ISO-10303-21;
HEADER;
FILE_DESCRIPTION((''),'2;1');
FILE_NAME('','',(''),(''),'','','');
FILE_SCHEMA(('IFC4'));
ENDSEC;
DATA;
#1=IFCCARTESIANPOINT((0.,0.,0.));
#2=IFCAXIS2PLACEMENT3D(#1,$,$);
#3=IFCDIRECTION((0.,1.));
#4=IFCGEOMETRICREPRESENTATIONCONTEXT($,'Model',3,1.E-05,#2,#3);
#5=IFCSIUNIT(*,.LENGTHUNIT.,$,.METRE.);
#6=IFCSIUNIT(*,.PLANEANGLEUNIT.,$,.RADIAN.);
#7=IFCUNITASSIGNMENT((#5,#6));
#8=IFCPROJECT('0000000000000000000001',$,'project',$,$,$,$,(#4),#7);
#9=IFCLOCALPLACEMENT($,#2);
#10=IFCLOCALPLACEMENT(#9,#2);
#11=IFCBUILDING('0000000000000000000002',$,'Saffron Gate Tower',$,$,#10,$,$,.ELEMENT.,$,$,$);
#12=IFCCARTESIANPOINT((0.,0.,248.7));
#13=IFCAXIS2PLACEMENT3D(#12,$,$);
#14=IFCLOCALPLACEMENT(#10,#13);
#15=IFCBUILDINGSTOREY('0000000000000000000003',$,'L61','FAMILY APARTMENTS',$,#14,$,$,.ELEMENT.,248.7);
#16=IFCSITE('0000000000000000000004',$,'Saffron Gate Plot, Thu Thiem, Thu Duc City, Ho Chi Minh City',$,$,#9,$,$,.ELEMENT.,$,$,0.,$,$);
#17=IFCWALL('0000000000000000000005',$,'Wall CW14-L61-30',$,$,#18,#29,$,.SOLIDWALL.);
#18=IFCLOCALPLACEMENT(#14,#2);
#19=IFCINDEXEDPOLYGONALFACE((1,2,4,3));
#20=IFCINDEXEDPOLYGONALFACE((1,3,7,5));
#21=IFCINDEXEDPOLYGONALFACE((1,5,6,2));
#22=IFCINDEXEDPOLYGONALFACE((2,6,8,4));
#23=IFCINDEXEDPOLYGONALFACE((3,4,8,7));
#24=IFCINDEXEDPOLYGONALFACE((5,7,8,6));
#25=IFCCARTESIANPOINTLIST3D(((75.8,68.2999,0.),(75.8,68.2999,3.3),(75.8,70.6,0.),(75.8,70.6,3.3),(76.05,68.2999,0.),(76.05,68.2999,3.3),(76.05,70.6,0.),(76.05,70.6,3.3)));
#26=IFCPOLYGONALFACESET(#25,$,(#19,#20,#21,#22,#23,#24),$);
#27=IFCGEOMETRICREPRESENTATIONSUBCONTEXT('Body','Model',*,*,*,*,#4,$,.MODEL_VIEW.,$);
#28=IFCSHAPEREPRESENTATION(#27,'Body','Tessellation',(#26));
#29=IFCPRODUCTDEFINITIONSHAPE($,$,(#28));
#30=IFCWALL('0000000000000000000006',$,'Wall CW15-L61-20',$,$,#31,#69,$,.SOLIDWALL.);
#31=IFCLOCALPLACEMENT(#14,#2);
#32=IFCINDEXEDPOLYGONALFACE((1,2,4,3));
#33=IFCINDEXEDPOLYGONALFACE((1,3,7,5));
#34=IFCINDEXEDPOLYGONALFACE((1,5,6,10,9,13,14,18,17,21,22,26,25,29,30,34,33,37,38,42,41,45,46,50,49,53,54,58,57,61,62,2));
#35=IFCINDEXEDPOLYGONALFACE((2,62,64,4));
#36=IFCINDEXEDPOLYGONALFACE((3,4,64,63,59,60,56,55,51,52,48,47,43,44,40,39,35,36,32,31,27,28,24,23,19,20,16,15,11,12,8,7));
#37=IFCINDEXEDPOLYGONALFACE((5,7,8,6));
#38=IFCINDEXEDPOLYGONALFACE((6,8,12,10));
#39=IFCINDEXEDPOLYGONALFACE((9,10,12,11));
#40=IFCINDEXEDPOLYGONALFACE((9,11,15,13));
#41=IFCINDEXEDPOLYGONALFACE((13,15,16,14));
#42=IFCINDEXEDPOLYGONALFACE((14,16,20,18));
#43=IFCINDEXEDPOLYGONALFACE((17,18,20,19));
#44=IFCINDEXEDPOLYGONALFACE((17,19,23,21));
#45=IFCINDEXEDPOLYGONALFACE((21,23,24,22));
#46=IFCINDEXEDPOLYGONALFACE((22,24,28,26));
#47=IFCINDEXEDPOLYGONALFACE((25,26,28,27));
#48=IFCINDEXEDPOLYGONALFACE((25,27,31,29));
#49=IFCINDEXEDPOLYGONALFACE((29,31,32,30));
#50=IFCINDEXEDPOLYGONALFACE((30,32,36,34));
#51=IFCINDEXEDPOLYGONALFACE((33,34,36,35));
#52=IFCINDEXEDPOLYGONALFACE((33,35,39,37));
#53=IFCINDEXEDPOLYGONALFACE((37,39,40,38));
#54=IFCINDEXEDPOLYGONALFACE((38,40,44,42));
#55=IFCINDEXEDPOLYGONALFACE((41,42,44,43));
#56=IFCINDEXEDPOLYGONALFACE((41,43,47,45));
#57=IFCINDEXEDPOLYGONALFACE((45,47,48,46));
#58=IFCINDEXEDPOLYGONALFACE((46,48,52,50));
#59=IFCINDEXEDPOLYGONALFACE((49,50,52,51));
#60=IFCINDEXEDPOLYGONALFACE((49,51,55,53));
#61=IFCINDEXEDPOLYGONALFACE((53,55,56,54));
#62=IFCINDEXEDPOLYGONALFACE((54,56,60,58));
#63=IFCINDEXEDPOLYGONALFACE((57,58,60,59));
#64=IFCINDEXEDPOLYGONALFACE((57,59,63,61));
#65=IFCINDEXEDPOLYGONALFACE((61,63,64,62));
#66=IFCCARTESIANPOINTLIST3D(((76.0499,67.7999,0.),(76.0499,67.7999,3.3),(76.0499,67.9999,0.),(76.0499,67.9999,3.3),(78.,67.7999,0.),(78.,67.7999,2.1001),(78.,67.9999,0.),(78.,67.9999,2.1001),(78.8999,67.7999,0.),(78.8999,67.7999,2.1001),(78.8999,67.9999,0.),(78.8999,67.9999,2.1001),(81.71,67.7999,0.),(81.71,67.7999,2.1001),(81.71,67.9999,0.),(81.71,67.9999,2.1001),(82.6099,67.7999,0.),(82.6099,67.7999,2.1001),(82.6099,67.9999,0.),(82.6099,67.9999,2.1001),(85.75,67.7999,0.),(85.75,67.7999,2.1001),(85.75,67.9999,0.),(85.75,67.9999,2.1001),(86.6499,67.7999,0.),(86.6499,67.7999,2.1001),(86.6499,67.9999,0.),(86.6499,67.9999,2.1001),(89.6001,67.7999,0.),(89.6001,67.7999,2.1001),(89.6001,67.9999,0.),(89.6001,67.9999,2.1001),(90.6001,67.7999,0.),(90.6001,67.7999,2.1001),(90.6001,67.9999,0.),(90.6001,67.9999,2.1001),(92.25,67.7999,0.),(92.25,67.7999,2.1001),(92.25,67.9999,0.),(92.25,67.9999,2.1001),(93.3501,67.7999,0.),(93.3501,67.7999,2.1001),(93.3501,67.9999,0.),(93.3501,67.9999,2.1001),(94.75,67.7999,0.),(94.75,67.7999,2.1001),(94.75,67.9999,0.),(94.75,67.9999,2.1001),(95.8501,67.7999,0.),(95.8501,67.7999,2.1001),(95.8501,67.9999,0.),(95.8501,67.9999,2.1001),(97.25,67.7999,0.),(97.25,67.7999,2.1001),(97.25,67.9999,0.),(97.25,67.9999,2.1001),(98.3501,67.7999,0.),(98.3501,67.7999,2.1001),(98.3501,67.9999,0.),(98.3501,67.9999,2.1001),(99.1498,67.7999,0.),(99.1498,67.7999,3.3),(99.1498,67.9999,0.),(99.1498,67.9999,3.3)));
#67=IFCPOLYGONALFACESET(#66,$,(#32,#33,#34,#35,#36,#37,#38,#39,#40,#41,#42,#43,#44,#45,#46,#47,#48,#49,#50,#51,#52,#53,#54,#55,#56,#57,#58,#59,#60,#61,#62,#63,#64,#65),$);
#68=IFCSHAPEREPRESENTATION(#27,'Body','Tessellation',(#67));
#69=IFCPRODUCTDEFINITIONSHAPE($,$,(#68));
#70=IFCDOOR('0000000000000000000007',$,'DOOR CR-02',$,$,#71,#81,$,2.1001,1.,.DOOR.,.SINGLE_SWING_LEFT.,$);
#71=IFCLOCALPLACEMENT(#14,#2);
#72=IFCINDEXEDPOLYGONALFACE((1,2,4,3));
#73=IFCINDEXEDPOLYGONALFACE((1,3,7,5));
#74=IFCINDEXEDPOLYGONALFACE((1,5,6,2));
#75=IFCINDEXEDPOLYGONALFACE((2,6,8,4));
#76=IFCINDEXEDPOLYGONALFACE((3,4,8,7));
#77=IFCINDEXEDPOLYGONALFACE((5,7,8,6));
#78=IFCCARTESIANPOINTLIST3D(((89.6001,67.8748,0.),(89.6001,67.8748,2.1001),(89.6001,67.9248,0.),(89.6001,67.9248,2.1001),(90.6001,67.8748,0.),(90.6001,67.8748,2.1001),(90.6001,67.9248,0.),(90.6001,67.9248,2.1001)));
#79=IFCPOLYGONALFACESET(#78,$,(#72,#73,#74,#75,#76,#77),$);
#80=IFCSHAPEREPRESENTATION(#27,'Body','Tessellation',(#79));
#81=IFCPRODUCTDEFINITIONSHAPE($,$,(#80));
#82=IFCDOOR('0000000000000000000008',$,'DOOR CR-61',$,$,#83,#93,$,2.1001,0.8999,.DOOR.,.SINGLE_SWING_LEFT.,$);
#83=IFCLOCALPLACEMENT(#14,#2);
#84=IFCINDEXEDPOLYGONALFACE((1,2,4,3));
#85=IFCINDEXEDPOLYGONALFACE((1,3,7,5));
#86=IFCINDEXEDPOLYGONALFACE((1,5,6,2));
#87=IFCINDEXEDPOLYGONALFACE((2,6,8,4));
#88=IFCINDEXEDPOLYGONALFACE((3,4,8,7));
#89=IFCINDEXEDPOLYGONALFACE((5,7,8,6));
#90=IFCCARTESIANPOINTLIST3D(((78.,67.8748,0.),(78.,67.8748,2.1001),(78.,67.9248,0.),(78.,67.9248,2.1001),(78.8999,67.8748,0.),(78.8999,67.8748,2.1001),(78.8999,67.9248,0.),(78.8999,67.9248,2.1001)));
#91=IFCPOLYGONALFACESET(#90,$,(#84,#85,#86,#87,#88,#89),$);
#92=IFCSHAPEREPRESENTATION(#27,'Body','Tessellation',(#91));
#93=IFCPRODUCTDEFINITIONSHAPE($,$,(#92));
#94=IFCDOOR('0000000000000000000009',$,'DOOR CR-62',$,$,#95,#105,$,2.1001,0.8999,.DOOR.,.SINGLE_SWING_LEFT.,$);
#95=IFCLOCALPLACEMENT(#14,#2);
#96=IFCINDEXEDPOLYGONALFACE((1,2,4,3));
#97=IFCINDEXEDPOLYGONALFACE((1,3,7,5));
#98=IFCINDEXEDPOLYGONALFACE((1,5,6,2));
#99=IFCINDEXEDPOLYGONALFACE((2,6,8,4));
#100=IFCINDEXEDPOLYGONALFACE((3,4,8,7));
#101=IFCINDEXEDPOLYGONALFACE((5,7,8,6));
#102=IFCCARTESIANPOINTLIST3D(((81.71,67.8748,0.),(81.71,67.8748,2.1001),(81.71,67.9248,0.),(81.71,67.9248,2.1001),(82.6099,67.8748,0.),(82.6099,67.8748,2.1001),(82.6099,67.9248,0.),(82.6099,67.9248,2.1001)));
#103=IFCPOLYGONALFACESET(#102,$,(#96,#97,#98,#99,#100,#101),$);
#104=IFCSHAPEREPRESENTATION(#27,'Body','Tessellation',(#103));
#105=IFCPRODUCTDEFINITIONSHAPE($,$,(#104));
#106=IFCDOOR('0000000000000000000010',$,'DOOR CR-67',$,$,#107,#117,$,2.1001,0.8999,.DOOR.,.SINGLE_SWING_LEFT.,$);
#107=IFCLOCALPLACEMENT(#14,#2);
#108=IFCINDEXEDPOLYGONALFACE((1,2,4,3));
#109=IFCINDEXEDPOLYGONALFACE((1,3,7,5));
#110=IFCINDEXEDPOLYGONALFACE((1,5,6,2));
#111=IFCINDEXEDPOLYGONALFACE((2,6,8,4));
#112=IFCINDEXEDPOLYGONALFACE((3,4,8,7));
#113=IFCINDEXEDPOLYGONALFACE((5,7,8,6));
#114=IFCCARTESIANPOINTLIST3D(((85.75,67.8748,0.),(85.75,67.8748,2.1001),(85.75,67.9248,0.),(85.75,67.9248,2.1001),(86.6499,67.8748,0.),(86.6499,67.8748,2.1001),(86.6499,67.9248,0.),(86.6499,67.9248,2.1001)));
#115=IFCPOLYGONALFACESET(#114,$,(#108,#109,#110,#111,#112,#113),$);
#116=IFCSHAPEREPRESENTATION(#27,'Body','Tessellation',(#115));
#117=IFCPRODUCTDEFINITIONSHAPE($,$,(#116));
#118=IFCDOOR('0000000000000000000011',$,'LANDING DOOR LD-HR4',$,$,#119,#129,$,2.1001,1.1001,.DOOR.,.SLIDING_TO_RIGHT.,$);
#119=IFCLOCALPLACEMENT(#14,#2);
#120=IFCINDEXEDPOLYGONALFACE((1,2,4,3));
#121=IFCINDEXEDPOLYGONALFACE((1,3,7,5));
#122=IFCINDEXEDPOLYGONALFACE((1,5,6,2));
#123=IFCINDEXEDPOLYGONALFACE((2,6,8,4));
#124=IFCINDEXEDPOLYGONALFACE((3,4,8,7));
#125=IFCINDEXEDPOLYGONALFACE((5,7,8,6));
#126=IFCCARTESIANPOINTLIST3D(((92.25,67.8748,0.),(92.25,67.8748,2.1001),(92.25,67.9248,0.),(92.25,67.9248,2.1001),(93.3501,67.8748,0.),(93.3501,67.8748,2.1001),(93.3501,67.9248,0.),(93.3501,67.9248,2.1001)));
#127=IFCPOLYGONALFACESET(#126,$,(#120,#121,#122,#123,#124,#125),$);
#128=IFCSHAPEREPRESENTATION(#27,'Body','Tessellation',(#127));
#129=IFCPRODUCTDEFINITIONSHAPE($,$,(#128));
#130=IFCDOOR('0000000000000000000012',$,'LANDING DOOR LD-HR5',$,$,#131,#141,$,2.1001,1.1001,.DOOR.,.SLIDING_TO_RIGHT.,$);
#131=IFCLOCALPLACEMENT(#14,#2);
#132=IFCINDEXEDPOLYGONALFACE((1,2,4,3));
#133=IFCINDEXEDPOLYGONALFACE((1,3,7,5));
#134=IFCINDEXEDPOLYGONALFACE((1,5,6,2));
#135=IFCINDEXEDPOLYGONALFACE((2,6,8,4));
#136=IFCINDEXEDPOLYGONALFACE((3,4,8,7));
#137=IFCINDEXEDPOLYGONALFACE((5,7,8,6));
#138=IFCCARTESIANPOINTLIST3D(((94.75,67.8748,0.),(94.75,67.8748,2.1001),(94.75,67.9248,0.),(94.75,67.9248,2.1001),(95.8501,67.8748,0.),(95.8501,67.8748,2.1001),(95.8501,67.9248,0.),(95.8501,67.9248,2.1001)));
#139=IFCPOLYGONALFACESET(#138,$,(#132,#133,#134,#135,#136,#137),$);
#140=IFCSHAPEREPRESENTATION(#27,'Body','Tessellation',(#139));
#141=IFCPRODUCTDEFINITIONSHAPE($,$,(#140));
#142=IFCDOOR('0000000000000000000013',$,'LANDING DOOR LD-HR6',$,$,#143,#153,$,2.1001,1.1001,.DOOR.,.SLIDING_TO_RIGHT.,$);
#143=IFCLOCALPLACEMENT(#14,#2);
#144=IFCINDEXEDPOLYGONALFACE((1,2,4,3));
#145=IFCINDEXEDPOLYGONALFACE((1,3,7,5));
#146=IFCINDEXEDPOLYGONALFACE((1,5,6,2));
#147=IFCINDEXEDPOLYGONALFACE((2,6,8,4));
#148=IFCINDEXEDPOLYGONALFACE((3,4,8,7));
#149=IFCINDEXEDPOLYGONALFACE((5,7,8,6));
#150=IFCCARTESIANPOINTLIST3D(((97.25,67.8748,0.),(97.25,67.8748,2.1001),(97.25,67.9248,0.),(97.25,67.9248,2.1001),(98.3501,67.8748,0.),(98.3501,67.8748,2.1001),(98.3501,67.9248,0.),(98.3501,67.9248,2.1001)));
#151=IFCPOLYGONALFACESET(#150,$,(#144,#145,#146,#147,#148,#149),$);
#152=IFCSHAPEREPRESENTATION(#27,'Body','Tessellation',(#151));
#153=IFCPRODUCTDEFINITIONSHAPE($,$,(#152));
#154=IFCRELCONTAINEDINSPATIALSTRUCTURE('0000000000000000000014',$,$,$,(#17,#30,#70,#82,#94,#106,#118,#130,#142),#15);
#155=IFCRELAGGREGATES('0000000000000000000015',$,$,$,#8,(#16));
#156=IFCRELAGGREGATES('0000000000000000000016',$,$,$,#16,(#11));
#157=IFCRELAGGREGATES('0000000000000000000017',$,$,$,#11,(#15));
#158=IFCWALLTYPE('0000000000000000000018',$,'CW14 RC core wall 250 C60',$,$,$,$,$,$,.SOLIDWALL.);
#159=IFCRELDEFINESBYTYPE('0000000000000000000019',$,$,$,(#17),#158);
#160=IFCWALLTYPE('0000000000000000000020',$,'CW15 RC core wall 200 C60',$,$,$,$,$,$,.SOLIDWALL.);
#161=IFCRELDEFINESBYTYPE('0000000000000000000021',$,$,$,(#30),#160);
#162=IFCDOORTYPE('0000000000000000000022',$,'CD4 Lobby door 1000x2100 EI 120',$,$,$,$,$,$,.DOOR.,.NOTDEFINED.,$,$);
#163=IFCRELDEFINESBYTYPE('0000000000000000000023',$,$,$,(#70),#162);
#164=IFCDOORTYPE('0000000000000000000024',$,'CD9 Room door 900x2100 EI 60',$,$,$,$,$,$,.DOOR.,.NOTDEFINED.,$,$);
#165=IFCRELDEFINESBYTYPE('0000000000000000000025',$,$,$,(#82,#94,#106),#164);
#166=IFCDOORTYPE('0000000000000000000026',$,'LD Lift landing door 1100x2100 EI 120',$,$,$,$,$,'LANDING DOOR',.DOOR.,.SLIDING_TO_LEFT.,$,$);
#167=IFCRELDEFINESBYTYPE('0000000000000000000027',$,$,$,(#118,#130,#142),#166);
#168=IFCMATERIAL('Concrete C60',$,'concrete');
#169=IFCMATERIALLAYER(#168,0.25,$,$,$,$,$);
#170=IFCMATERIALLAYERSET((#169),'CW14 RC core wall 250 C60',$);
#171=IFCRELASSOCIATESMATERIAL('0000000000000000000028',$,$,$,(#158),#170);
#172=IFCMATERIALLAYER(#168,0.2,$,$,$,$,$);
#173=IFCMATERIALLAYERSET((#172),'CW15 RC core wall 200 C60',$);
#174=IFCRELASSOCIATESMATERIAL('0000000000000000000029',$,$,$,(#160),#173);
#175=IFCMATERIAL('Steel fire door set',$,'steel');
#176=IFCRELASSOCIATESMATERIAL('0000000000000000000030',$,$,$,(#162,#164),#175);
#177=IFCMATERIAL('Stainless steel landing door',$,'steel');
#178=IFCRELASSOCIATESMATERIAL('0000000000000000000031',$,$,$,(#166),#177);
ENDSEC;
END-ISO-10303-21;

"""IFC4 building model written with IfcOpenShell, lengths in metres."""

from ifc_helpers import new_model, si_unit, direction, frame, frame_2d, origin, place, context, subcontext, project, spatial, rectangle, extrude, material, layer, layer_set, type_object, element, fill, save


model = new_model("IFC4")

# Units and contexts
model_context = context("Model", 3, precision=1e-05, world=origin(), true_north=direction((0.0, 1.0)))
body_context = subcontext(model_context, "Body", "Model", "MODEL_VIEW")
ifc_project = project(units=[si_unit("LENGTHUNIT", "METRE"), si_unit("PLANEANGLEUNIT", "RADIAN")], contexts=[model_context])

# Site, building, storey
site_placement = place(None, origin())
site = spatial("IfcSite", under=ifc_project, at=site_placement, Name="Saffron Gate Plot, Thu Thiem, Thu Duc City, Ho Chi Minh City", CompositionType="ELEMENT", RefElevation=0.0)
building_placement = place(site_placement, origin())
building = spatial("IfcBuilding", under=site, at=building_placement, Name="Saffron Gate Tower", CompositionType="ELEMENT")
storey_placement = place(building_placement, frame((0.0, 0.0, 248.7)))
storey = spatial("IfcBuildingStorey", under=building, at=storey_placement, Name="L61", Description="FAMILY APARTMENTS", CompositionType="ELEMENT", Elevation=248.7)

# Wall
ifc_material_1 = material(Name="Concrete C60", Category="concrete")
ifc_layer_1 = layer(ifc_material_1, 0.25)
ifc_layer_set_1 = layer_set([ifc_layer_1], Name="CW14 RC core wall 250 C60")
wall_type_1 = type_object("IfcWallType", Name="CW14 RC core wall 250 C60", PredefinedType="SOLIDWALL", material=ifc_layer_set_1)
wall_1_placement = place(storey_placement, frame((75.925, 68.3, 0.0), z_axis=(0.0, 0.0, 1.0), x_axis=(0.0, 1.0, 0.0)))
element("IfcWall", 1, at=wall_1_placement, inside=storey, type_object=wall_type_1, Name="Wall CW14-L61-30", PredefinedType="SOLIDWALL", context=body_context, shape_type="SweptSolid", body=[
    extrude(rectangle(XDim=2.3, YDim=0.25, at=frame_2d((1.1499, 0.0))), origin(), (0.0, 0.0, 1.0), 3.3),
])

# Wall, openings, doors
ifc_layer_2 = layer(ifc_material_1, 0.2)
ifc_layer_set_2 = layer_set([ifc_layer_2], Name="CW15 RC core wall 200 C60")
wall_type_2 = type_object("IfcWallType", Name="CW15 RC core wall 200 C60", PredefinedType="SOLIDWALL", material=ifc_layer_set_2)
wall_2_placement = place(storey_placement, frame((76.05, 67.8999, 0.0), z_axis=(0.0, 0.0, 1.0), x_axis=(1.0, 0.0, 0.0)))
wall_2 = element("IfcWall", 2, at=wall_2_placement, inside=storey, type_object=wall_type_2, Name="Wall CW15-L61-20", PredefinedType="SOLIDWALL", context=body_context, shape_type="SweptSolid", body=[
    extrude(rectangle(XDim=23.0999, YDim=0.2, at=frame_2d((11.5498, 0.0))), origin(), (0.0, 0.0, 1.0), 3.3),
])
opening_1_placement = place(wall_2_placement, frame((1.95, 0.0, 0.0)))
opening_1 = element("IfcOpeningElement", 3, at=opening_1_placement, cuts=wall_2, PredefinedType="OPENING", context=body_context, shape_type="SweptSolid", body=[
    extrude(rectangle(XDim=0.8999, YDim=2.1001, at=frame_2d((0.45, 1.05))), frame((0.0, 0.1099, 0.0), z_axis=(0.0, -1.0, 0.0), x_axis=(1.0, 0.0, 0.0)), (0.0, 0.0, 1.0), 0.22),
])
opening_2_placement = place(wall_2_placement, frame((5.6599, 0.0, 0.0)))
opening_2 = element("IfcOpeningElement", 4, at=opening_2_placement, cuts=wall_2, PredefinedType="OPENING", context=body_context, shape_type="SweptSolid", body=[
    extrude(rectangle(XDim=0.8999, YDim=2.1001, at=frame_2d((0.45, 1.05))), frame((0.0, 0.1099, 0.0), z_axis=(0.0, -1.0, 0.0), x_axis=(1.0, 0.0, 0.0)), (0.0, 0.0, 1.0), 0.22),
])
opening_3_placement = place(wall_2_placement, frame((9.7, 0.0, 0.0)))
opening_3 = element("IfcOpeningElement", 5, at=opening_3_placement, cuts=wall_2, PredefinedType="OPENING", context=body_context, shape_type="SweptSolid", body=[
    extrude(rectangle(XDim=0.8999, YDim=2.1001, at=frame_2d((0.45, 1.05))), frame((0.0, 0.1099, 0.0), z_axis=(0.0, -1.0, 0.0), x_axis=(1.0, 0.0, 0.0)), (0.0, 0.0, 1.0), 0.22),
])
opening_4_placement = place(wall_2_placement, frame((13.55, 0.0, 0.0)))
opening_4 = element("IfcOpeningElement", 6, at=opening_4_placement, cuts=wall_2, PredefinedType="OPENING", context=body_context, shape_type="SweptSolid", body=[
    extrude(rectangle(XDim=1.0, YDim=2.1001, at=frame_2d((0.5, 1.05))), frame((0.0, 0.1099, 0.0), z_axis=(0.0, -1.0, 0.0), x_axis=(1.0, 0.0, 0.0)), (0.0, 0.0, 1.0), 0.22),
])
opening_5_placement = place(wall_2_placement, frame((16.2, 0.0, 0.0)))
opening_5 = element("IfcOpeningElement", 7, at=opening_5_placement, cuts=wall_2, PredefinedType="OPENING", context=body_context, shape_type="SweptSolid", body=[
    extrude(rectangle(XDim=1.1001, YDim=2.1001, at=frame_2d((0.55, 1.05))), frame((0.0, 0.1099, 0.0), z_axis=(0.0, -1.0, 0.0), x_axis=(1.0, 0.0, 0.0)), (0.0, 0.0, 1.0), 0.22),
])
opening_6_placement = place(wall_2_placement, frame((18.7, 0.0, 0.0)))
opening_6 = element("IfcOpeningElement", 8, at=opening_6_placement, cuts=wall_2, PredefinedType="OPENING", context=body_context, shape_type="SweptSolid", body=[
    extrude(rectangle(XDim=1.1001, YDim=2.1001, at=frame_2d((0.55, 1.05))), frame((0.0, 0.1099, 0.0), z_axis=(0.0, -1.0, 0.0), x_axis=(1.0, 0.0, 0.0)), (0.0, 0.0, 1.0), 0.22),
])
opening_7_placement = place(wall_2_placement, frame((21.2, 0.0, 0.0)))
opening_7 = element("IfcOpeningElement", 9, at=opening_7_placement, cuts=wall_2, PredefinedType="OPENING", context=body_context, shape_type="SweptSolid", body=[
    extrude(rectangle(XDim=1.1001, YDim=2.1001, at=frame_2d((0.55, 1.05))), frame((0.0, 0.1099, 0.0), z_axis=(0.0, -1.0, 0.0), x_axis=(1.0, 0.0, 0.0)), (0.0, 0.0, 1.0), 0.22),
])
ifc_material_2 = material(Name="Steel fire door set", Category="steel")
door_type_1 = type_object("IfcDoorType", Name="CD4 Lobby door 1000x2100 EI 120", OperationType="NOTDEFINED", PredefinedType="DOOR", material=ifc_material_2)
door_1_placement = place(opening_4_placement, origin())
door_1 = element("IfcDoor", 10, at=door_1_placement, inside=storey, type_object=door_type_1, Name="DOOR CR-02", OperationType="SINGLE_SWING_LEFT", OverallHeight=2.1001, OverallWidth=1.0, PredefinedType="DOOR", context=body_context, shape_type="SweptSolid", body=[
    extrude(rectangle(XDim=1.0, YDim=2.1001, at=frame_2d((0.5, 1.05))), frame((0.0, 0.0249, 0.0), z_axis=(0.0, -1.0, 0.0), x_axis=(1.0, 0.0, 0.0)), (0.0, 0.0, 1.0), 0.05),
])
fill(opening_4, door_1)
door_type_2 = type_object("IfcDoorType", Name="CD9 Room door 900x2100 EI 60", OperationType="NOTDEFINED", PredefinedType="DOOR", material=ifc_material_2)
door_2_placement = place(opening_1_placement, origin())
door_2 = element("IfcDoor", 11, at=door_2_placement, inside=storey, type_object=door_type_2, Name="DOOR CR-61", OperationType="SINGLE_SWING_LEFT", OverallHeight=2.1001, OverallWidth=0.8999, PredefinedType="DOOR", context=body_context, shape_type="SweptSolid", body=[
    extrude(rectangle(XDim=0.8999, YDim=2.1001, at=frame_2d((0.45, 1.05))), frame((0.0, 0.0249, 0.0), z_axis=(0.0, -1.0, 0.0), x_axis=(1.0, 0.0, 0.0)), (0.0, 0.0, 1.0), 0.05),
])
fill(opening_1, door_2)
door_3_placement = place(opening_2_placement, origin())
door_3 = element("IfcDoor", 12, at=door_3_placement, inside=storey, type_object=door_type_2, Name="DOOR CR-62", OperationType="SINGLE_SWING_LEFT", OverallHeight=2.1001, OverallWidth=0.8999, PredefinedType="DOOR", context=body_context, shape_type="SweptSolid", body=[
    extrude(rectangle(XDim=0.8999, YDim=2.1001, at=frame_2d((0.45, 1.05))), frame((0.0, 0.0249, 0.0), z_axis=(0.0, -1.0, 0.0), x_axis=(1.0, 0.0, 0.0)), (0.0, 0.0, 1.0), 0.05),
])
fill(opening_2, door_3)
door_4_placement = place(opening_3_placement, origin())
door_4 = element("IfcDoor", 13, at=door_4_placement, inside=storey, type_object=door_type_2, Name="DOOR CR-67", OperationType="SINGLE_SWING_LEFT", OverallHeight=2.1001, OverallWidth=0.8999, PredefinedType="DOOR", context=body_context, shape_type="SweptSolid", body=[
    extrude(rectangle(XDim=0.8999, YDim=2.1001, at=frame_2d((0.45, 1.05))), frame((0.0, 0.0249, 0.0), z_axis=(0.0, -1.0, 0.0), x_axis=(1.0, 0.0, 0.0)), (0.0, 0.0, 1.0), 0.05),
])
fill(opening_3, door_4)
ifc_material_3 = material(Name="Stainless steel landing door", Category="steel")
door_type_3 = type_object("IfcDoorType", Name="LD Lift landing door 1100x2100 EI 120", ElementType="LANDING DOOR", OperationType="SLIDING_TO_LEFT", PredefinedType="DOOR", material=ifc_material_3)
door_5_placement = place(opening_5_placement, origin())
door_5 = element("IfcDoor", 14, at=door_5_placement, inside=storey, type_object=door_type_3, Name="LANDING DOOR LD-HR4", OperationType="SLIDING_TO_RIGHT", OverallHeight=2.1001, OverallWidth=1.1001, PredefinedType="DOOR", context=body_context, shape_type="SweptSolid", body=[
    extrude(rectangle(XDim=1.1001, YDim=2.1001, at=frame_2d((0.55, 1.05))), frame((0.0, 0.0249, 0.0), z_axis=(0.0, -1.0, 0.0), x_axis=(1.0, 0.0, 0.0)), (0.0, 0.0, 1.0), 0.05),
])
fill(opening_5, door_5)
door_6_placement = place(opening_6_placement, origin())
door_6 = element("IfcDoor", 15, at=door_6_placement, inside=storey, type_object=door_type_3, Name="LANDING DOOR LD-HR5", OperationType="SLIDING_TO_RIGHT", OverallHeight=2.1001, OverallWidth=1.1001, PredefinedType="DOOR", context=body_context, shape_type="SweptSolid", body=[
    extrude(rectangle(XDim=1.1001, YDim=2.1001, at=frame_2d((0.55, 1.05))), frame((0.0, 0.0249, 0.0), z_axis=(0.0, -1.0, 0.0), x_axis=(1.0, 0.0, 0.0)), (0.0, 0.0, 1.0), 0.05),
])
fill(opening_6, door_6)
door_7_placement = place(opening_7_placement, origin())
door_7 = element("IfcDoor", 16, at=door_7_placement, inside=storey, type_object=door_type_3, Name="LANDING DOOR LD-HR6", OperationType="SLIDING_TO_RIGHT", OverallHeight=2.1001, OverallWidth=1.1001, PredefinedType="DOOR", context=body_context, shape_type="SweptSolid", body=[
    extrude(rectangle(XDim=1.1001, YDim=2.1001, at=frame_2d((0.55, 1.05))), frame((0.0, 0.0249, 0.0), z_axis=(0.0, -1.0, 0.0), x_axis=(1.0, 0.0, 0.0)), (0.0, 0.0, 1.0), 0.05),
])
fill(opening_7, door_7)

save(model, "model.ifc")
